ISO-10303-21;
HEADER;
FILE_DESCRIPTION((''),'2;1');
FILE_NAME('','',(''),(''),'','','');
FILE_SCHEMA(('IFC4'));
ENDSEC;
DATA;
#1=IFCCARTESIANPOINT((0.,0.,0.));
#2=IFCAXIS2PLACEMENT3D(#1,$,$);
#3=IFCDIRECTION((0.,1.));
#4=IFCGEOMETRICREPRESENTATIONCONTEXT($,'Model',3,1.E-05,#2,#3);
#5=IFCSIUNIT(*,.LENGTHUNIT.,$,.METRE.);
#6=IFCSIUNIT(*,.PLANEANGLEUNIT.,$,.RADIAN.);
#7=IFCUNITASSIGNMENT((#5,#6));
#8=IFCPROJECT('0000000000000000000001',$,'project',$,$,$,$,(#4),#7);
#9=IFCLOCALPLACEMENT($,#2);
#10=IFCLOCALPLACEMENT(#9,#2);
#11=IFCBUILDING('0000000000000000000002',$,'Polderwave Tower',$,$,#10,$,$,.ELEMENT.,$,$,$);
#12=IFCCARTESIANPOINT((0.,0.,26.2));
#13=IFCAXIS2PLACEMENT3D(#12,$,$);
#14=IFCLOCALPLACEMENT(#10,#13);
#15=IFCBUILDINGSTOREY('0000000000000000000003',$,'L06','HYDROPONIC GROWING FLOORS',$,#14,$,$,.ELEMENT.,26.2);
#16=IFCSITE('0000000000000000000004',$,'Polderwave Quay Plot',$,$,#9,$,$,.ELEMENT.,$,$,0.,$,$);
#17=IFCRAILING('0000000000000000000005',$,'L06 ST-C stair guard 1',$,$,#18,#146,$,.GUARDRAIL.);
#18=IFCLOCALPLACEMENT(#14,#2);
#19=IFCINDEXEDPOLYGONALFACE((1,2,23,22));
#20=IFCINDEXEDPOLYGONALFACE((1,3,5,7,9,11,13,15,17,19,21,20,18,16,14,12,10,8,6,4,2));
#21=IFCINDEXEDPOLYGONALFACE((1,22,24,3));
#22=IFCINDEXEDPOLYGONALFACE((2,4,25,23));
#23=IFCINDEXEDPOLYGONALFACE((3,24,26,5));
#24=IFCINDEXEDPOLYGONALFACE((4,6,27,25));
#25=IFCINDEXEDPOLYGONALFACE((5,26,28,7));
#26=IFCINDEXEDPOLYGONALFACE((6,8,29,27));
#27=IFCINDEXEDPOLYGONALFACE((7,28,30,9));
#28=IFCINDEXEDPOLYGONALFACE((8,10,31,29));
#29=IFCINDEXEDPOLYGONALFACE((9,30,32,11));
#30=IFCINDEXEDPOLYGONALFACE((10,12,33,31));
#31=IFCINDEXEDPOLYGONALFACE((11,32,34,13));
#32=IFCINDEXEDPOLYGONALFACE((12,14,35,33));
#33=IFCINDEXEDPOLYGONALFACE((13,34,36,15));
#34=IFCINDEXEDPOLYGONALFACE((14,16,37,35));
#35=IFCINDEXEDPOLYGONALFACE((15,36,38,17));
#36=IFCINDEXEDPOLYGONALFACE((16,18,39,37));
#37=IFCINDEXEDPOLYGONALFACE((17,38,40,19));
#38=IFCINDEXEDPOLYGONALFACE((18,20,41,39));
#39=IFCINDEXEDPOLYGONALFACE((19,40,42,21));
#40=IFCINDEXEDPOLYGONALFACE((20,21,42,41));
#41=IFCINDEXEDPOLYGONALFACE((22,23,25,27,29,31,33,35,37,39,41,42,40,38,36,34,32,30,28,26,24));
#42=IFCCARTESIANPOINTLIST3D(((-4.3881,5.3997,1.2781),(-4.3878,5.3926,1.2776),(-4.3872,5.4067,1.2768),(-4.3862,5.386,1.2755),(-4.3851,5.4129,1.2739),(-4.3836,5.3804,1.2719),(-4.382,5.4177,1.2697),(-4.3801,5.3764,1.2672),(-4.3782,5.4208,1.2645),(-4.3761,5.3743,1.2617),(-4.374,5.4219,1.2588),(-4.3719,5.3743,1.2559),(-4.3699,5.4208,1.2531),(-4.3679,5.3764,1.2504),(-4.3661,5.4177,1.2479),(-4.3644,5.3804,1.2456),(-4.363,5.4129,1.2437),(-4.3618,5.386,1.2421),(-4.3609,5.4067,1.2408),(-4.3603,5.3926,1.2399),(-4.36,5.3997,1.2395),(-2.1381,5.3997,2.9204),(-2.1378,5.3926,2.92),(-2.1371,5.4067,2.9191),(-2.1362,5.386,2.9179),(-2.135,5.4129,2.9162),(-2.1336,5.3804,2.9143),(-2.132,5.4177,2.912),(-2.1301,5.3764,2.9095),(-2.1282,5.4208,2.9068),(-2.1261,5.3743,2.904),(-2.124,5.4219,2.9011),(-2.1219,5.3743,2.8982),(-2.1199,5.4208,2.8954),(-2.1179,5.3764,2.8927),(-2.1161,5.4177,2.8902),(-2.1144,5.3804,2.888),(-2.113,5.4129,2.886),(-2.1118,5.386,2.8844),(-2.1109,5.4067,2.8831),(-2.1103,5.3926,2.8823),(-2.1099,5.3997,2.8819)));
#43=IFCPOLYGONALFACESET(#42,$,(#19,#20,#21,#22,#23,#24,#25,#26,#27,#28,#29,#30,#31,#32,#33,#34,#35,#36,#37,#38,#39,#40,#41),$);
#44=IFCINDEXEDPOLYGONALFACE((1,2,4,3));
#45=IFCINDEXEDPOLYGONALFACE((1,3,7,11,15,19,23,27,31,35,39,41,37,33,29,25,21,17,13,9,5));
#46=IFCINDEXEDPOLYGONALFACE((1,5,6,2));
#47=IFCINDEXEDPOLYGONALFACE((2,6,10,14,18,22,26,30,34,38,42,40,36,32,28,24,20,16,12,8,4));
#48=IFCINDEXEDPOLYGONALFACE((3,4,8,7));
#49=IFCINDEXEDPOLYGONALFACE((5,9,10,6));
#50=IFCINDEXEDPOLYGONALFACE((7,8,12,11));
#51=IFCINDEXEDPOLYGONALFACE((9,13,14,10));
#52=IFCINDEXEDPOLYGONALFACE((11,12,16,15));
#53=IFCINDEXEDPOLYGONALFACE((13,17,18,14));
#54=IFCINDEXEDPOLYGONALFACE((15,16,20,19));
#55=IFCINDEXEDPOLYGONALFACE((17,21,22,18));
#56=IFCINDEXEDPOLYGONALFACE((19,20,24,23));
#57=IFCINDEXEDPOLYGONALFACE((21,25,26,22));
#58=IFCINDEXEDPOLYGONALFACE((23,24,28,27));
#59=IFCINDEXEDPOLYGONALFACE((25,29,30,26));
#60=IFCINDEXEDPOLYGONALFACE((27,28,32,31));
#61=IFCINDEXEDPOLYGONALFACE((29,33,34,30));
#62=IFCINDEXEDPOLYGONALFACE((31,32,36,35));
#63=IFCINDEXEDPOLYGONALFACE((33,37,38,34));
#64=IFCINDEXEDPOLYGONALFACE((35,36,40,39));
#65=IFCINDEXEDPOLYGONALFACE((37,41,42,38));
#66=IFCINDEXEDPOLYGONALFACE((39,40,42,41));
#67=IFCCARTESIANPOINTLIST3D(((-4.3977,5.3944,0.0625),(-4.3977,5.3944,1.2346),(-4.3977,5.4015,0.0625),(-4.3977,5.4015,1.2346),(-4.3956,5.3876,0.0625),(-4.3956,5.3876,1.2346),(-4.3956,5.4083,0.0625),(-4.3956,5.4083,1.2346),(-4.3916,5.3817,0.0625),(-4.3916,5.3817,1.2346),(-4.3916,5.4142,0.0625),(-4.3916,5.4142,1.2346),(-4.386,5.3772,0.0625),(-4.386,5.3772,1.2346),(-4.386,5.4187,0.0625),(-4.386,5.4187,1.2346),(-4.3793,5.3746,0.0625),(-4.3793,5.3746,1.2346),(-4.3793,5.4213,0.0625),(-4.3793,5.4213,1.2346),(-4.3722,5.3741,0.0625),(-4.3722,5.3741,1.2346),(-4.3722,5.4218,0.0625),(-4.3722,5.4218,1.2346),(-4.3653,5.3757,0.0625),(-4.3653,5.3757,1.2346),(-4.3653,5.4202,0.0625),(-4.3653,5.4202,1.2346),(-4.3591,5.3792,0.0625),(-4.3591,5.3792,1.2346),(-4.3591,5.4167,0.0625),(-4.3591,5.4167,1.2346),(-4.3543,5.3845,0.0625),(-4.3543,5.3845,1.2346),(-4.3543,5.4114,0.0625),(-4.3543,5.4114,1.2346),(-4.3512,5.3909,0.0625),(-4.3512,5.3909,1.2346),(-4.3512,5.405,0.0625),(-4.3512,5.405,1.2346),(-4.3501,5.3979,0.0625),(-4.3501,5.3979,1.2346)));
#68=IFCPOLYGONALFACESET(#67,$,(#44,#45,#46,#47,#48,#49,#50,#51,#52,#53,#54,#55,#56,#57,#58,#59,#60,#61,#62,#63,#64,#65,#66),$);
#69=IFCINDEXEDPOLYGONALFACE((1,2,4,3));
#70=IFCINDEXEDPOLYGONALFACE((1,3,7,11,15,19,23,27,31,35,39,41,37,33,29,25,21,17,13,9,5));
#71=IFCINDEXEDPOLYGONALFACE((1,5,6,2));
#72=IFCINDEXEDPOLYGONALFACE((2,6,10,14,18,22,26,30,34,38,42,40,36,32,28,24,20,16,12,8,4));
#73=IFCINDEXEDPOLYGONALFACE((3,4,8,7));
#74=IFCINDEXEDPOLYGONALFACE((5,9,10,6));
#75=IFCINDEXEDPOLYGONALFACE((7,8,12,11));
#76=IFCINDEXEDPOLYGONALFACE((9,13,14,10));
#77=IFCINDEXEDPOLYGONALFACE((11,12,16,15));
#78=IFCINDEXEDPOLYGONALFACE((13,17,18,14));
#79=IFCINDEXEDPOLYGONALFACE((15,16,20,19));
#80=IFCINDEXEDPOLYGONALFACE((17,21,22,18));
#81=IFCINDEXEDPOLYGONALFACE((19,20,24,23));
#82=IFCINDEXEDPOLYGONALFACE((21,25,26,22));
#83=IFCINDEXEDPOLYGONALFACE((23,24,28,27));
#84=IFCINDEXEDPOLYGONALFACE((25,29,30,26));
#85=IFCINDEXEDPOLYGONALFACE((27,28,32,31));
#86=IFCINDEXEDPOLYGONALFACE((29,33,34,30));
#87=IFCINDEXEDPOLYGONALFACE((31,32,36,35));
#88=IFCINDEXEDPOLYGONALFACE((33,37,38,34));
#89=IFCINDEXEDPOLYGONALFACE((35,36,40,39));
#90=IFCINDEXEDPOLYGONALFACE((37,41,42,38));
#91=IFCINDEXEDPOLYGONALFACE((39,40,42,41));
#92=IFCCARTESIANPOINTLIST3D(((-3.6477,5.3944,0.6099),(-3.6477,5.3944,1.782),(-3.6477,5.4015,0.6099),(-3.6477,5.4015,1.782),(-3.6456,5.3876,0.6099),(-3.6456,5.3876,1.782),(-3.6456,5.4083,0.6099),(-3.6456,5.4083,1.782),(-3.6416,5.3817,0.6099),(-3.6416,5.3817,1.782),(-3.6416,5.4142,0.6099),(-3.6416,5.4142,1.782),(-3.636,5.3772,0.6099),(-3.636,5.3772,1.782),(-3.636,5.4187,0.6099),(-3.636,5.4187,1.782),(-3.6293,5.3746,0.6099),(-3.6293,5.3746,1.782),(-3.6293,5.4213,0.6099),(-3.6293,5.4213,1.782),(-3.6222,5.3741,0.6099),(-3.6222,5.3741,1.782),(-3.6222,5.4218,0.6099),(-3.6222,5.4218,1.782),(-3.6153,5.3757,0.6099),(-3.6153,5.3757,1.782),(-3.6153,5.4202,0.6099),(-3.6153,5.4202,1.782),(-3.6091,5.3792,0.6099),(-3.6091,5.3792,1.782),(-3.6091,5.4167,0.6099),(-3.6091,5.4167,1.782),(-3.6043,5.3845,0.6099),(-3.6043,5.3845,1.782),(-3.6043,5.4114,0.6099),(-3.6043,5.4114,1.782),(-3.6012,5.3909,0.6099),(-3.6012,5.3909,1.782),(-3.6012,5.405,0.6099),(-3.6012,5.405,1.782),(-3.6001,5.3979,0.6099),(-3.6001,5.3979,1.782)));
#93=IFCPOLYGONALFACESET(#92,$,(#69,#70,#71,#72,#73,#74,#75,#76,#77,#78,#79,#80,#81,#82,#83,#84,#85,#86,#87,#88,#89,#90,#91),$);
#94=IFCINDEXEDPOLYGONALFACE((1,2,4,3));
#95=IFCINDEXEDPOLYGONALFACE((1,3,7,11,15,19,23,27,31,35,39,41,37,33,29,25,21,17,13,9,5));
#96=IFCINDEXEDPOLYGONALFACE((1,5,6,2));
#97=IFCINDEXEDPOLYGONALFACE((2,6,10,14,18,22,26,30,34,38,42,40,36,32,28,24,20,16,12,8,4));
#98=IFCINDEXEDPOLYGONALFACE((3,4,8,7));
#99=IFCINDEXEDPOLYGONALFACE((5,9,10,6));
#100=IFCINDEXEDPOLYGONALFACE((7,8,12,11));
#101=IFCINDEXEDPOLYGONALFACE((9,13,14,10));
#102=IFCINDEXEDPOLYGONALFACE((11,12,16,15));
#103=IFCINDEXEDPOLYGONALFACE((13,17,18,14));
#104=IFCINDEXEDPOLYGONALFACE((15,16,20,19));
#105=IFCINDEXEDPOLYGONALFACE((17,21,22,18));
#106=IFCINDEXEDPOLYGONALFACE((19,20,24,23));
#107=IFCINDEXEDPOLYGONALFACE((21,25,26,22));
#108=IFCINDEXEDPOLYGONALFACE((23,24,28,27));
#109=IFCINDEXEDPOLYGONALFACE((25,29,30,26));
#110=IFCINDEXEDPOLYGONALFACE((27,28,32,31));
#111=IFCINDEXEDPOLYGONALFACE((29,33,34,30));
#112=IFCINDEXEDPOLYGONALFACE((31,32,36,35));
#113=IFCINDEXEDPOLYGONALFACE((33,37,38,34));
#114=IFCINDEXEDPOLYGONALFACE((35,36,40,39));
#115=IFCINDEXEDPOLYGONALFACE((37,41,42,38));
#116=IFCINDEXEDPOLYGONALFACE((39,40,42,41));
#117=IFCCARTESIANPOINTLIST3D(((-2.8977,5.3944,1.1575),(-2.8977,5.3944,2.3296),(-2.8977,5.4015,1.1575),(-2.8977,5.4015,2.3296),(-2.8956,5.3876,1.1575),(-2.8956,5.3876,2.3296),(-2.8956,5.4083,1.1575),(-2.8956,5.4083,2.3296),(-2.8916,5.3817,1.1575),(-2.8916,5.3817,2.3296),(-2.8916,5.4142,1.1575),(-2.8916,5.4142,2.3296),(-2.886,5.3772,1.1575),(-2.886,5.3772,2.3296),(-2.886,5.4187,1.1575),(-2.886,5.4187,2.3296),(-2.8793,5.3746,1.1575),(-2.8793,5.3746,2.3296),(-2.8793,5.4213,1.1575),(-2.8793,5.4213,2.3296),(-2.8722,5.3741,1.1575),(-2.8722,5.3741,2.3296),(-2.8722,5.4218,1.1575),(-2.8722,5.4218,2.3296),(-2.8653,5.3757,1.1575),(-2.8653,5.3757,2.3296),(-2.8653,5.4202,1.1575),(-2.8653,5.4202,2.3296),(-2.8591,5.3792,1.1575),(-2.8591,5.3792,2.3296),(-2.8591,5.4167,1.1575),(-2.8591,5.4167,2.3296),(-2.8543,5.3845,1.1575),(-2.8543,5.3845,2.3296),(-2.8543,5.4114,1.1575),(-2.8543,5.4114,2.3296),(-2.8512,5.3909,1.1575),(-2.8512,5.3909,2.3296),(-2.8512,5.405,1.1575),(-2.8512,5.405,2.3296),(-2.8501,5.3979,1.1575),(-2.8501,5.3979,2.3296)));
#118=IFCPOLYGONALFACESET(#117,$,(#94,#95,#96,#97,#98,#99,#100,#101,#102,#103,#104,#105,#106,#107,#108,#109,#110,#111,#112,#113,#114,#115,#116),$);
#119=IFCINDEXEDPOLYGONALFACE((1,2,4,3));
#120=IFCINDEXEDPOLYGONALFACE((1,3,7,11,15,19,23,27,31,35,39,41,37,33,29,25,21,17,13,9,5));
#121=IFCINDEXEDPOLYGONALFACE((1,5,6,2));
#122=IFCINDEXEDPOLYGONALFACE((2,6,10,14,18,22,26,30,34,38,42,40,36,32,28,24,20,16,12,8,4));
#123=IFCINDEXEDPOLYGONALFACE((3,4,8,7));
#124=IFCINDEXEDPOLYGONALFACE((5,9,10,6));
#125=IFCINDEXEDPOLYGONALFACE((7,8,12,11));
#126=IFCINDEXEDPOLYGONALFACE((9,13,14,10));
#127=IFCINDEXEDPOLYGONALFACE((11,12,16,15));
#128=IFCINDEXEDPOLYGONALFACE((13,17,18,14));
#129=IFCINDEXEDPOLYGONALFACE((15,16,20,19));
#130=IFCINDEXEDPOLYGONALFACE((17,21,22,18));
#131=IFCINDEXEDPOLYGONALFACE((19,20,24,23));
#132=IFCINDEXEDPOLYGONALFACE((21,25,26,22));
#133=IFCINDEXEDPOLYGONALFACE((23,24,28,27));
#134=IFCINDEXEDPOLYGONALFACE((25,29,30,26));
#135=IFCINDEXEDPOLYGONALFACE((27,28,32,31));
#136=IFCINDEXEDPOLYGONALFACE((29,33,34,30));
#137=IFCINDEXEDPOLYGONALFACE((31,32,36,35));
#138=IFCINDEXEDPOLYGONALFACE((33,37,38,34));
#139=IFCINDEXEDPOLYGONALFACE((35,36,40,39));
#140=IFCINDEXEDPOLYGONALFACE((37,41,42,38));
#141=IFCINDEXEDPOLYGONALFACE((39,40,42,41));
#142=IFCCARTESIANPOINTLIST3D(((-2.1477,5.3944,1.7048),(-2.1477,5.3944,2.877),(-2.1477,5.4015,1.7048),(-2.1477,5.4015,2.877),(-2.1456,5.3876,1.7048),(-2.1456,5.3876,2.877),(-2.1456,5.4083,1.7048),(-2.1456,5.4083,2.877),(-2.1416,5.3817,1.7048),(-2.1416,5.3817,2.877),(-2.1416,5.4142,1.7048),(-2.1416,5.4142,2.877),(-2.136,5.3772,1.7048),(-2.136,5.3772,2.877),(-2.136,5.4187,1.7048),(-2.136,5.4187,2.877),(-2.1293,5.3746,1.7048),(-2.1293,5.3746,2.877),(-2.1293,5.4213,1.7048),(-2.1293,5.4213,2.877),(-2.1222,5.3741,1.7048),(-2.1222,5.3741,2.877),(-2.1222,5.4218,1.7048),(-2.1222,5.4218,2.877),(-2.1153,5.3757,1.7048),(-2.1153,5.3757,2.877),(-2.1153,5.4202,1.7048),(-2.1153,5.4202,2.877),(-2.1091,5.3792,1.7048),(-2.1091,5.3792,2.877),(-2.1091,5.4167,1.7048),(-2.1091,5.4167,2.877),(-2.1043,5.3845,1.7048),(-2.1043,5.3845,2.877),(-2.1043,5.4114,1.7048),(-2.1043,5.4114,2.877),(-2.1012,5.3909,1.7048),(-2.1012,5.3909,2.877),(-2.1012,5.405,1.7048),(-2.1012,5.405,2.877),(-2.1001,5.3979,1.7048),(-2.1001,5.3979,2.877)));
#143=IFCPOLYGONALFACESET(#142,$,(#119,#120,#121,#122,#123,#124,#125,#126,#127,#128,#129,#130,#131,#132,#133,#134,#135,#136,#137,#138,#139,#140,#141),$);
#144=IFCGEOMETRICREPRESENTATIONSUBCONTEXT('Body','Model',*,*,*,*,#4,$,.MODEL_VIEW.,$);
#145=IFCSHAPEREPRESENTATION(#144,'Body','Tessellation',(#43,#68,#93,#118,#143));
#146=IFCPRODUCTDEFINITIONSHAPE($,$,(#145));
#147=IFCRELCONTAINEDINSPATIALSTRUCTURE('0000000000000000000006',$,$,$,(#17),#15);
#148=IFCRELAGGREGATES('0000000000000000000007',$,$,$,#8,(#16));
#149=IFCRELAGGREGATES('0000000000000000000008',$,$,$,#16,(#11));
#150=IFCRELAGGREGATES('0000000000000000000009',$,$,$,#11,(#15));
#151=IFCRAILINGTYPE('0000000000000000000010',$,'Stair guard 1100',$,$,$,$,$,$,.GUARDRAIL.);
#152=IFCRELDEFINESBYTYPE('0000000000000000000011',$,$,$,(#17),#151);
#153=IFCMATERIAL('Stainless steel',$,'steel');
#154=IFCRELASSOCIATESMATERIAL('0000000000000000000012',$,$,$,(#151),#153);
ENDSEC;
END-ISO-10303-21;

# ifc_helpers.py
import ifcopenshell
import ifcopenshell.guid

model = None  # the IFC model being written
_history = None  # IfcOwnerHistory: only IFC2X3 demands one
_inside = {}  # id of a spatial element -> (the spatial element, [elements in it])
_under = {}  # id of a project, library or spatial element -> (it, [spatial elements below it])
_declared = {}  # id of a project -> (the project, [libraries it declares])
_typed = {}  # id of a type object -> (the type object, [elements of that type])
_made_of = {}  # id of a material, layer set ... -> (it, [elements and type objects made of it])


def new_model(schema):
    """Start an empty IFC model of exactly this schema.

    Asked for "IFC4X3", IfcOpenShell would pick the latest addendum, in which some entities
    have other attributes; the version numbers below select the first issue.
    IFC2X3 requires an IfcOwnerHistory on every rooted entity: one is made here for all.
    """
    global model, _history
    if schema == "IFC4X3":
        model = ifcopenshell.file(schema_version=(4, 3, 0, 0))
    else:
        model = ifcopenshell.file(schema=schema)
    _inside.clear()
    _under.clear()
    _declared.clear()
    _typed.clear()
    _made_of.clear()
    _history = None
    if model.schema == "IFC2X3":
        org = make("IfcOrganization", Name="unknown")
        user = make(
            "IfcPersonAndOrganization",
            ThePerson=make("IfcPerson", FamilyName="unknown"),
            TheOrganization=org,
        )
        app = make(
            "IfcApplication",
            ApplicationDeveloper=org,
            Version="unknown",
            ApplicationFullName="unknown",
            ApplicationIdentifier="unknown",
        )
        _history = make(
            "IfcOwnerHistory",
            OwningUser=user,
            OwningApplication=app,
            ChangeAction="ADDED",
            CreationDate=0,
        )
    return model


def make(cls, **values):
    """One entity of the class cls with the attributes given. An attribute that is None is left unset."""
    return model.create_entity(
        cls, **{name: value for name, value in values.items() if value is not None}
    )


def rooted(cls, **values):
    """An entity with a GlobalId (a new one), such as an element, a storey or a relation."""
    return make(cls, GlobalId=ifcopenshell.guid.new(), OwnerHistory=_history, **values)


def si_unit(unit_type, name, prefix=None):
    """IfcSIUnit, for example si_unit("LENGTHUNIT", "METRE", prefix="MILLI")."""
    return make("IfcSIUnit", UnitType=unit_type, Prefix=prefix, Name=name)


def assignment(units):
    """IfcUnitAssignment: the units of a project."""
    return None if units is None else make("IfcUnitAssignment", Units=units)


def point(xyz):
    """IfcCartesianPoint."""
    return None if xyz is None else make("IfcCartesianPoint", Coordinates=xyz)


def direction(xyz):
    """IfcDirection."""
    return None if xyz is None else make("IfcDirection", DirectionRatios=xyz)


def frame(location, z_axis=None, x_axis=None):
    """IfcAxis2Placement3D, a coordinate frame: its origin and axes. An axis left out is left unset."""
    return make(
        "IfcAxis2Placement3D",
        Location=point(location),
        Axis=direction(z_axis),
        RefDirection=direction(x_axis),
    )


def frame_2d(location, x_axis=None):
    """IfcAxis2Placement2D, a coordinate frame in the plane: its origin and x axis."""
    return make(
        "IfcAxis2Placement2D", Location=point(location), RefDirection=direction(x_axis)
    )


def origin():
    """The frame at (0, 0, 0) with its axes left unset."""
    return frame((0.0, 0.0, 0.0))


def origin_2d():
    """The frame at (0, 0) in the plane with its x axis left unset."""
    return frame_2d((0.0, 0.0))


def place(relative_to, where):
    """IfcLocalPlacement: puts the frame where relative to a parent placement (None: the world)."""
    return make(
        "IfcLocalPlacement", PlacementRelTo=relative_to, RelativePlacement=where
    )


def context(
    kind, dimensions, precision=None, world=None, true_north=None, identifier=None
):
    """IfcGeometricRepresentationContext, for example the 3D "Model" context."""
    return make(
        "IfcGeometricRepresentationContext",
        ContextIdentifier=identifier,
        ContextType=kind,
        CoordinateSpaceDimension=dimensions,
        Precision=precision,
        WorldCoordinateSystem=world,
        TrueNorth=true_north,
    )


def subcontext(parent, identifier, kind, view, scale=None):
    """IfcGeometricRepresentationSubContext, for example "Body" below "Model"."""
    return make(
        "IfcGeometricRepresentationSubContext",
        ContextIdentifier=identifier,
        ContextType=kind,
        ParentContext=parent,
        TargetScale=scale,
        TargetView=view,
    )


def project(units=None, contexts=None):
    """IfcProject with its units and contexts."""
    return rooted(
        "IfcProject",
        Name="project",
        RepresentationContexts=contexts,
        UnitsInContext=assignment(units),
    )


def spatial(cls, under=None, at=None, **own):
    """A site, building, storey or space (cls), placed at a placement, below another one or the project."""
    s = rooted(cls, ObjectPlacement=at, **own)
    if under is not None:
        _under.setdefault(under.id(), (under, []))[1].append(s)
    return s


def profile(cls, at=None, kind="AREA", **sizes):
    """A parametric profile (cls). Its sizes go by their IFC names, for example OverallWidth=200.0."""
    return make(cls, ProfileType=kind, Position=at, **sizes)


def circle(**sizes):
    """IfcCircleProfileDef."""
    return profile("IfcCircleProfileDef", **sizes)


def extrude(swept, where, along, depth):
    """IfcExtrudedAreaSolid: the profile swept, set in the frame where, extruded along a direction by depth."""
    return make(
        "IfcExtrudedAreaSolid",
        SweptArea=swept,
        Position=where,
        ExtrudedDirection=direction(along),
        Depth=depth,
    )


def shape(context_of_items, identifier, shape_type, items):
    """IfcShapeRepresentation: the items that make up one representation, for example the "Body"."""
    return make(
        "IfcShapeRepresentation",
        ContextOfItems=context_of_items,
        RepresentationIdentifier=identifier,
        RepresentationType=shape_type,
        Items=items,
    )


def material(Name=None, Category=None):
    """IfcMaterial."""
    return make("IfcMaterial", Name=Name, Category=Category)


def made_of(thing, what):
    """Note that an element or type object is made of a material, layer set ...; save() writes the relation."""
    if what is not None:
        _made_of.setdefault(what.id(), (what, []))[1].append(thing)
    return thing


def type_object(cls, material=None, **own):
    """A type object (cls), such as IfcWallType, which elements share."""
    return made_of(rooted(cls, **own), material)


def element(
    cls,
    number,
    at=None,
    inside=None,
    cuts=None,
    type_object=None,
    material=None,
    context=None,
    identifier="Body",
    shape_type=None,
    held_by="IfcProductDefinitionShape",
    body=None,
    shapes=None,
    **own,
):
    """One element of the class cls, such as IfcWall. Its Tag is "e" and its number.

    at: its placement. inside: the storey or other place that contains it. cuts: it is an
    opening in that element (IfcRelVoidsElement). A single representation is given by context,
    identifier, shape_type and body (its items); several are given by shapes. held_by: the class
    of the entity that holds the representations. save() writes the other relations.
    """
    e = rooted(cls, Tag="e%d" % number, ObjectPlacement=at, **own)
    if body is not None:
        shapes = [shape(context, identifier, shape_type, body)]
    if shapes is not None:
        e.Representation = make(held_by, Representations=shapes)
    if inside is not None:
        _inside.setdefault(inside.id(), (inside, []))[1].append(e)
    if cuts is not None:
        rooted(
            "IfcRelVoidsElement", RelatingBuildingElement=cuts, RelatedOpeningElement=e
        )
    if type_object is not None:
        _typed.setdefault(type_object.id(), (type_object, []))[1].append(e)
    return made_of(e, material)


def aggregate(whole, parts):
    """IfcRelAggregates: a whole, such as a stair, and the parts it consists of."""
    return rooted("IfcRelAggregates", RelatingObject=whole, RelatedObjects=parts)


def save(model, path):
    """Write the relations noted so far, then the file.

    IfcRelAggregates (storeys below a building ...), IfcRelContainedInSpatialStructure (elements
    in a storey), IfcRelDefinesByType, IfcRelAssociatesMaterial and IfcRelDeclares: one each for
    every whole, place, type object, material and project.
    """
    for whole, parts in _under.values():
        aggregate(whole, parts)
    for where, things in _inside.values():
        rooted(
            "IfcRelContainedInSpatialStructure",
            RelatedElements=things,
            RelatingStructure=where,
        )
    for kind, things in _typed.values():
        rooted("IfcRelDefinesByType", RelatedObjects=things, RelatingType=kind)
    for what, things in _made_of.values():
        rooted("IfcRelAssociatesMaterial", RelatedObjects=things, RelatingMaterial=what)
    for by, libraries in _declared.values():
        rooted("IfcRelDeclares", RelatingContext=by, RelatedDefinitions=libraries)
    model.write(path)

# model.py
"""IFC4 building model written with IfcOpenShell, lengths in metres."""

from ifc_helpers import new_model, si_unit, direction, frame, origin, origin_2d, place, context, subcontext, project, spatial, circle, extrude, material, type_object, element, save


model = new_model("IFC4")

# Units and contexts
model_context = context("Model", 3, precision=1e-05, world=origin(), true_north=direction((0.0, 1.0)))
body_context = subcontext(model_context, "Body", "Model", "MODEL_VIEW")
ifc_project = project(units=[si_unit("LENGTHUNIT", "METRE"), si_unit("PLANEANGLEUNIT", "RADIAN")], contexts=[model_context])

# Site, building, storey
site_placement = place(None, origin())
site = spatial("IfcSite", under=ifc_project, at=site_placement, Name="Polderwave Quay Plot", CompositionType="ELEMENT", RefElevation=0.0)
building_placement = place(site_placement, origin())
building = spatial("IfcBuilding", under=site, at=building_placement, Name="Polderwave Tower", CompositionType="ELEMENT")
storey_placement = place(building_placement, frame((0.0, 0.0, 26.2)))
storey = spatial("IfcBuildingStorey", under=building, at=storey_placement, Name="L06", Description="HYDROPONIC GROWING FLOORS", CompositionType="ELEMENT", Elevation=26.2)

# Railing
ifc_material_1 = material(Name="Stainless steel", Category="steel")
railing_type_1 = type_object("IfcRailingType", Name="Stair guard 1100", PredefinedType="GUARDRAIL", material=ifc_material_1)
railing_1_placement = place(storey_placement, frame((-4.374, 5.3979, 0.0625)))
element("IfcRailing", 1, at=railing_1_placement, inside=storey, type_object=railing_type_1, Name="L06 ST-C stair guard 1", PredefinedType="GUARDRAIL", context=body_context, shape_type="SweptSolid", body=[
    extrude(circle(Radius=0.0239, at=origin_2d()), frame((0.0, 0.0, 1.1963), z_axis=(0.807715, 0.0, 0.589573), x_axis=(0.0, 1.0, 0.0)), (0.0, 0.0, 1.0), 2.7856),
    extrude(circle(Radius=0.0239, at=origin_2d()), origin(), (0.0, 0.0, 1.0), 1.1721),
    extrude(circle(Radius=0.0239, at=origin_2d()), frame((0.75, 0.0, 0.5474)), (0.0, 0.0, 1.0), 1.1721),
    extrude(circle(Radius=0.0239, at=origin_2d()), frame((1.5, 0.0, 1.095)), (0.0, 0.0, 1.0), 1.1721),
    extrude(circle(Radius=0.0239, at=origin_2d()), frame((2.25, 0.0, 1.6423)), (0.0, 0.0, 1.0), 1.1721),
])

save(model, "model.ifc")
